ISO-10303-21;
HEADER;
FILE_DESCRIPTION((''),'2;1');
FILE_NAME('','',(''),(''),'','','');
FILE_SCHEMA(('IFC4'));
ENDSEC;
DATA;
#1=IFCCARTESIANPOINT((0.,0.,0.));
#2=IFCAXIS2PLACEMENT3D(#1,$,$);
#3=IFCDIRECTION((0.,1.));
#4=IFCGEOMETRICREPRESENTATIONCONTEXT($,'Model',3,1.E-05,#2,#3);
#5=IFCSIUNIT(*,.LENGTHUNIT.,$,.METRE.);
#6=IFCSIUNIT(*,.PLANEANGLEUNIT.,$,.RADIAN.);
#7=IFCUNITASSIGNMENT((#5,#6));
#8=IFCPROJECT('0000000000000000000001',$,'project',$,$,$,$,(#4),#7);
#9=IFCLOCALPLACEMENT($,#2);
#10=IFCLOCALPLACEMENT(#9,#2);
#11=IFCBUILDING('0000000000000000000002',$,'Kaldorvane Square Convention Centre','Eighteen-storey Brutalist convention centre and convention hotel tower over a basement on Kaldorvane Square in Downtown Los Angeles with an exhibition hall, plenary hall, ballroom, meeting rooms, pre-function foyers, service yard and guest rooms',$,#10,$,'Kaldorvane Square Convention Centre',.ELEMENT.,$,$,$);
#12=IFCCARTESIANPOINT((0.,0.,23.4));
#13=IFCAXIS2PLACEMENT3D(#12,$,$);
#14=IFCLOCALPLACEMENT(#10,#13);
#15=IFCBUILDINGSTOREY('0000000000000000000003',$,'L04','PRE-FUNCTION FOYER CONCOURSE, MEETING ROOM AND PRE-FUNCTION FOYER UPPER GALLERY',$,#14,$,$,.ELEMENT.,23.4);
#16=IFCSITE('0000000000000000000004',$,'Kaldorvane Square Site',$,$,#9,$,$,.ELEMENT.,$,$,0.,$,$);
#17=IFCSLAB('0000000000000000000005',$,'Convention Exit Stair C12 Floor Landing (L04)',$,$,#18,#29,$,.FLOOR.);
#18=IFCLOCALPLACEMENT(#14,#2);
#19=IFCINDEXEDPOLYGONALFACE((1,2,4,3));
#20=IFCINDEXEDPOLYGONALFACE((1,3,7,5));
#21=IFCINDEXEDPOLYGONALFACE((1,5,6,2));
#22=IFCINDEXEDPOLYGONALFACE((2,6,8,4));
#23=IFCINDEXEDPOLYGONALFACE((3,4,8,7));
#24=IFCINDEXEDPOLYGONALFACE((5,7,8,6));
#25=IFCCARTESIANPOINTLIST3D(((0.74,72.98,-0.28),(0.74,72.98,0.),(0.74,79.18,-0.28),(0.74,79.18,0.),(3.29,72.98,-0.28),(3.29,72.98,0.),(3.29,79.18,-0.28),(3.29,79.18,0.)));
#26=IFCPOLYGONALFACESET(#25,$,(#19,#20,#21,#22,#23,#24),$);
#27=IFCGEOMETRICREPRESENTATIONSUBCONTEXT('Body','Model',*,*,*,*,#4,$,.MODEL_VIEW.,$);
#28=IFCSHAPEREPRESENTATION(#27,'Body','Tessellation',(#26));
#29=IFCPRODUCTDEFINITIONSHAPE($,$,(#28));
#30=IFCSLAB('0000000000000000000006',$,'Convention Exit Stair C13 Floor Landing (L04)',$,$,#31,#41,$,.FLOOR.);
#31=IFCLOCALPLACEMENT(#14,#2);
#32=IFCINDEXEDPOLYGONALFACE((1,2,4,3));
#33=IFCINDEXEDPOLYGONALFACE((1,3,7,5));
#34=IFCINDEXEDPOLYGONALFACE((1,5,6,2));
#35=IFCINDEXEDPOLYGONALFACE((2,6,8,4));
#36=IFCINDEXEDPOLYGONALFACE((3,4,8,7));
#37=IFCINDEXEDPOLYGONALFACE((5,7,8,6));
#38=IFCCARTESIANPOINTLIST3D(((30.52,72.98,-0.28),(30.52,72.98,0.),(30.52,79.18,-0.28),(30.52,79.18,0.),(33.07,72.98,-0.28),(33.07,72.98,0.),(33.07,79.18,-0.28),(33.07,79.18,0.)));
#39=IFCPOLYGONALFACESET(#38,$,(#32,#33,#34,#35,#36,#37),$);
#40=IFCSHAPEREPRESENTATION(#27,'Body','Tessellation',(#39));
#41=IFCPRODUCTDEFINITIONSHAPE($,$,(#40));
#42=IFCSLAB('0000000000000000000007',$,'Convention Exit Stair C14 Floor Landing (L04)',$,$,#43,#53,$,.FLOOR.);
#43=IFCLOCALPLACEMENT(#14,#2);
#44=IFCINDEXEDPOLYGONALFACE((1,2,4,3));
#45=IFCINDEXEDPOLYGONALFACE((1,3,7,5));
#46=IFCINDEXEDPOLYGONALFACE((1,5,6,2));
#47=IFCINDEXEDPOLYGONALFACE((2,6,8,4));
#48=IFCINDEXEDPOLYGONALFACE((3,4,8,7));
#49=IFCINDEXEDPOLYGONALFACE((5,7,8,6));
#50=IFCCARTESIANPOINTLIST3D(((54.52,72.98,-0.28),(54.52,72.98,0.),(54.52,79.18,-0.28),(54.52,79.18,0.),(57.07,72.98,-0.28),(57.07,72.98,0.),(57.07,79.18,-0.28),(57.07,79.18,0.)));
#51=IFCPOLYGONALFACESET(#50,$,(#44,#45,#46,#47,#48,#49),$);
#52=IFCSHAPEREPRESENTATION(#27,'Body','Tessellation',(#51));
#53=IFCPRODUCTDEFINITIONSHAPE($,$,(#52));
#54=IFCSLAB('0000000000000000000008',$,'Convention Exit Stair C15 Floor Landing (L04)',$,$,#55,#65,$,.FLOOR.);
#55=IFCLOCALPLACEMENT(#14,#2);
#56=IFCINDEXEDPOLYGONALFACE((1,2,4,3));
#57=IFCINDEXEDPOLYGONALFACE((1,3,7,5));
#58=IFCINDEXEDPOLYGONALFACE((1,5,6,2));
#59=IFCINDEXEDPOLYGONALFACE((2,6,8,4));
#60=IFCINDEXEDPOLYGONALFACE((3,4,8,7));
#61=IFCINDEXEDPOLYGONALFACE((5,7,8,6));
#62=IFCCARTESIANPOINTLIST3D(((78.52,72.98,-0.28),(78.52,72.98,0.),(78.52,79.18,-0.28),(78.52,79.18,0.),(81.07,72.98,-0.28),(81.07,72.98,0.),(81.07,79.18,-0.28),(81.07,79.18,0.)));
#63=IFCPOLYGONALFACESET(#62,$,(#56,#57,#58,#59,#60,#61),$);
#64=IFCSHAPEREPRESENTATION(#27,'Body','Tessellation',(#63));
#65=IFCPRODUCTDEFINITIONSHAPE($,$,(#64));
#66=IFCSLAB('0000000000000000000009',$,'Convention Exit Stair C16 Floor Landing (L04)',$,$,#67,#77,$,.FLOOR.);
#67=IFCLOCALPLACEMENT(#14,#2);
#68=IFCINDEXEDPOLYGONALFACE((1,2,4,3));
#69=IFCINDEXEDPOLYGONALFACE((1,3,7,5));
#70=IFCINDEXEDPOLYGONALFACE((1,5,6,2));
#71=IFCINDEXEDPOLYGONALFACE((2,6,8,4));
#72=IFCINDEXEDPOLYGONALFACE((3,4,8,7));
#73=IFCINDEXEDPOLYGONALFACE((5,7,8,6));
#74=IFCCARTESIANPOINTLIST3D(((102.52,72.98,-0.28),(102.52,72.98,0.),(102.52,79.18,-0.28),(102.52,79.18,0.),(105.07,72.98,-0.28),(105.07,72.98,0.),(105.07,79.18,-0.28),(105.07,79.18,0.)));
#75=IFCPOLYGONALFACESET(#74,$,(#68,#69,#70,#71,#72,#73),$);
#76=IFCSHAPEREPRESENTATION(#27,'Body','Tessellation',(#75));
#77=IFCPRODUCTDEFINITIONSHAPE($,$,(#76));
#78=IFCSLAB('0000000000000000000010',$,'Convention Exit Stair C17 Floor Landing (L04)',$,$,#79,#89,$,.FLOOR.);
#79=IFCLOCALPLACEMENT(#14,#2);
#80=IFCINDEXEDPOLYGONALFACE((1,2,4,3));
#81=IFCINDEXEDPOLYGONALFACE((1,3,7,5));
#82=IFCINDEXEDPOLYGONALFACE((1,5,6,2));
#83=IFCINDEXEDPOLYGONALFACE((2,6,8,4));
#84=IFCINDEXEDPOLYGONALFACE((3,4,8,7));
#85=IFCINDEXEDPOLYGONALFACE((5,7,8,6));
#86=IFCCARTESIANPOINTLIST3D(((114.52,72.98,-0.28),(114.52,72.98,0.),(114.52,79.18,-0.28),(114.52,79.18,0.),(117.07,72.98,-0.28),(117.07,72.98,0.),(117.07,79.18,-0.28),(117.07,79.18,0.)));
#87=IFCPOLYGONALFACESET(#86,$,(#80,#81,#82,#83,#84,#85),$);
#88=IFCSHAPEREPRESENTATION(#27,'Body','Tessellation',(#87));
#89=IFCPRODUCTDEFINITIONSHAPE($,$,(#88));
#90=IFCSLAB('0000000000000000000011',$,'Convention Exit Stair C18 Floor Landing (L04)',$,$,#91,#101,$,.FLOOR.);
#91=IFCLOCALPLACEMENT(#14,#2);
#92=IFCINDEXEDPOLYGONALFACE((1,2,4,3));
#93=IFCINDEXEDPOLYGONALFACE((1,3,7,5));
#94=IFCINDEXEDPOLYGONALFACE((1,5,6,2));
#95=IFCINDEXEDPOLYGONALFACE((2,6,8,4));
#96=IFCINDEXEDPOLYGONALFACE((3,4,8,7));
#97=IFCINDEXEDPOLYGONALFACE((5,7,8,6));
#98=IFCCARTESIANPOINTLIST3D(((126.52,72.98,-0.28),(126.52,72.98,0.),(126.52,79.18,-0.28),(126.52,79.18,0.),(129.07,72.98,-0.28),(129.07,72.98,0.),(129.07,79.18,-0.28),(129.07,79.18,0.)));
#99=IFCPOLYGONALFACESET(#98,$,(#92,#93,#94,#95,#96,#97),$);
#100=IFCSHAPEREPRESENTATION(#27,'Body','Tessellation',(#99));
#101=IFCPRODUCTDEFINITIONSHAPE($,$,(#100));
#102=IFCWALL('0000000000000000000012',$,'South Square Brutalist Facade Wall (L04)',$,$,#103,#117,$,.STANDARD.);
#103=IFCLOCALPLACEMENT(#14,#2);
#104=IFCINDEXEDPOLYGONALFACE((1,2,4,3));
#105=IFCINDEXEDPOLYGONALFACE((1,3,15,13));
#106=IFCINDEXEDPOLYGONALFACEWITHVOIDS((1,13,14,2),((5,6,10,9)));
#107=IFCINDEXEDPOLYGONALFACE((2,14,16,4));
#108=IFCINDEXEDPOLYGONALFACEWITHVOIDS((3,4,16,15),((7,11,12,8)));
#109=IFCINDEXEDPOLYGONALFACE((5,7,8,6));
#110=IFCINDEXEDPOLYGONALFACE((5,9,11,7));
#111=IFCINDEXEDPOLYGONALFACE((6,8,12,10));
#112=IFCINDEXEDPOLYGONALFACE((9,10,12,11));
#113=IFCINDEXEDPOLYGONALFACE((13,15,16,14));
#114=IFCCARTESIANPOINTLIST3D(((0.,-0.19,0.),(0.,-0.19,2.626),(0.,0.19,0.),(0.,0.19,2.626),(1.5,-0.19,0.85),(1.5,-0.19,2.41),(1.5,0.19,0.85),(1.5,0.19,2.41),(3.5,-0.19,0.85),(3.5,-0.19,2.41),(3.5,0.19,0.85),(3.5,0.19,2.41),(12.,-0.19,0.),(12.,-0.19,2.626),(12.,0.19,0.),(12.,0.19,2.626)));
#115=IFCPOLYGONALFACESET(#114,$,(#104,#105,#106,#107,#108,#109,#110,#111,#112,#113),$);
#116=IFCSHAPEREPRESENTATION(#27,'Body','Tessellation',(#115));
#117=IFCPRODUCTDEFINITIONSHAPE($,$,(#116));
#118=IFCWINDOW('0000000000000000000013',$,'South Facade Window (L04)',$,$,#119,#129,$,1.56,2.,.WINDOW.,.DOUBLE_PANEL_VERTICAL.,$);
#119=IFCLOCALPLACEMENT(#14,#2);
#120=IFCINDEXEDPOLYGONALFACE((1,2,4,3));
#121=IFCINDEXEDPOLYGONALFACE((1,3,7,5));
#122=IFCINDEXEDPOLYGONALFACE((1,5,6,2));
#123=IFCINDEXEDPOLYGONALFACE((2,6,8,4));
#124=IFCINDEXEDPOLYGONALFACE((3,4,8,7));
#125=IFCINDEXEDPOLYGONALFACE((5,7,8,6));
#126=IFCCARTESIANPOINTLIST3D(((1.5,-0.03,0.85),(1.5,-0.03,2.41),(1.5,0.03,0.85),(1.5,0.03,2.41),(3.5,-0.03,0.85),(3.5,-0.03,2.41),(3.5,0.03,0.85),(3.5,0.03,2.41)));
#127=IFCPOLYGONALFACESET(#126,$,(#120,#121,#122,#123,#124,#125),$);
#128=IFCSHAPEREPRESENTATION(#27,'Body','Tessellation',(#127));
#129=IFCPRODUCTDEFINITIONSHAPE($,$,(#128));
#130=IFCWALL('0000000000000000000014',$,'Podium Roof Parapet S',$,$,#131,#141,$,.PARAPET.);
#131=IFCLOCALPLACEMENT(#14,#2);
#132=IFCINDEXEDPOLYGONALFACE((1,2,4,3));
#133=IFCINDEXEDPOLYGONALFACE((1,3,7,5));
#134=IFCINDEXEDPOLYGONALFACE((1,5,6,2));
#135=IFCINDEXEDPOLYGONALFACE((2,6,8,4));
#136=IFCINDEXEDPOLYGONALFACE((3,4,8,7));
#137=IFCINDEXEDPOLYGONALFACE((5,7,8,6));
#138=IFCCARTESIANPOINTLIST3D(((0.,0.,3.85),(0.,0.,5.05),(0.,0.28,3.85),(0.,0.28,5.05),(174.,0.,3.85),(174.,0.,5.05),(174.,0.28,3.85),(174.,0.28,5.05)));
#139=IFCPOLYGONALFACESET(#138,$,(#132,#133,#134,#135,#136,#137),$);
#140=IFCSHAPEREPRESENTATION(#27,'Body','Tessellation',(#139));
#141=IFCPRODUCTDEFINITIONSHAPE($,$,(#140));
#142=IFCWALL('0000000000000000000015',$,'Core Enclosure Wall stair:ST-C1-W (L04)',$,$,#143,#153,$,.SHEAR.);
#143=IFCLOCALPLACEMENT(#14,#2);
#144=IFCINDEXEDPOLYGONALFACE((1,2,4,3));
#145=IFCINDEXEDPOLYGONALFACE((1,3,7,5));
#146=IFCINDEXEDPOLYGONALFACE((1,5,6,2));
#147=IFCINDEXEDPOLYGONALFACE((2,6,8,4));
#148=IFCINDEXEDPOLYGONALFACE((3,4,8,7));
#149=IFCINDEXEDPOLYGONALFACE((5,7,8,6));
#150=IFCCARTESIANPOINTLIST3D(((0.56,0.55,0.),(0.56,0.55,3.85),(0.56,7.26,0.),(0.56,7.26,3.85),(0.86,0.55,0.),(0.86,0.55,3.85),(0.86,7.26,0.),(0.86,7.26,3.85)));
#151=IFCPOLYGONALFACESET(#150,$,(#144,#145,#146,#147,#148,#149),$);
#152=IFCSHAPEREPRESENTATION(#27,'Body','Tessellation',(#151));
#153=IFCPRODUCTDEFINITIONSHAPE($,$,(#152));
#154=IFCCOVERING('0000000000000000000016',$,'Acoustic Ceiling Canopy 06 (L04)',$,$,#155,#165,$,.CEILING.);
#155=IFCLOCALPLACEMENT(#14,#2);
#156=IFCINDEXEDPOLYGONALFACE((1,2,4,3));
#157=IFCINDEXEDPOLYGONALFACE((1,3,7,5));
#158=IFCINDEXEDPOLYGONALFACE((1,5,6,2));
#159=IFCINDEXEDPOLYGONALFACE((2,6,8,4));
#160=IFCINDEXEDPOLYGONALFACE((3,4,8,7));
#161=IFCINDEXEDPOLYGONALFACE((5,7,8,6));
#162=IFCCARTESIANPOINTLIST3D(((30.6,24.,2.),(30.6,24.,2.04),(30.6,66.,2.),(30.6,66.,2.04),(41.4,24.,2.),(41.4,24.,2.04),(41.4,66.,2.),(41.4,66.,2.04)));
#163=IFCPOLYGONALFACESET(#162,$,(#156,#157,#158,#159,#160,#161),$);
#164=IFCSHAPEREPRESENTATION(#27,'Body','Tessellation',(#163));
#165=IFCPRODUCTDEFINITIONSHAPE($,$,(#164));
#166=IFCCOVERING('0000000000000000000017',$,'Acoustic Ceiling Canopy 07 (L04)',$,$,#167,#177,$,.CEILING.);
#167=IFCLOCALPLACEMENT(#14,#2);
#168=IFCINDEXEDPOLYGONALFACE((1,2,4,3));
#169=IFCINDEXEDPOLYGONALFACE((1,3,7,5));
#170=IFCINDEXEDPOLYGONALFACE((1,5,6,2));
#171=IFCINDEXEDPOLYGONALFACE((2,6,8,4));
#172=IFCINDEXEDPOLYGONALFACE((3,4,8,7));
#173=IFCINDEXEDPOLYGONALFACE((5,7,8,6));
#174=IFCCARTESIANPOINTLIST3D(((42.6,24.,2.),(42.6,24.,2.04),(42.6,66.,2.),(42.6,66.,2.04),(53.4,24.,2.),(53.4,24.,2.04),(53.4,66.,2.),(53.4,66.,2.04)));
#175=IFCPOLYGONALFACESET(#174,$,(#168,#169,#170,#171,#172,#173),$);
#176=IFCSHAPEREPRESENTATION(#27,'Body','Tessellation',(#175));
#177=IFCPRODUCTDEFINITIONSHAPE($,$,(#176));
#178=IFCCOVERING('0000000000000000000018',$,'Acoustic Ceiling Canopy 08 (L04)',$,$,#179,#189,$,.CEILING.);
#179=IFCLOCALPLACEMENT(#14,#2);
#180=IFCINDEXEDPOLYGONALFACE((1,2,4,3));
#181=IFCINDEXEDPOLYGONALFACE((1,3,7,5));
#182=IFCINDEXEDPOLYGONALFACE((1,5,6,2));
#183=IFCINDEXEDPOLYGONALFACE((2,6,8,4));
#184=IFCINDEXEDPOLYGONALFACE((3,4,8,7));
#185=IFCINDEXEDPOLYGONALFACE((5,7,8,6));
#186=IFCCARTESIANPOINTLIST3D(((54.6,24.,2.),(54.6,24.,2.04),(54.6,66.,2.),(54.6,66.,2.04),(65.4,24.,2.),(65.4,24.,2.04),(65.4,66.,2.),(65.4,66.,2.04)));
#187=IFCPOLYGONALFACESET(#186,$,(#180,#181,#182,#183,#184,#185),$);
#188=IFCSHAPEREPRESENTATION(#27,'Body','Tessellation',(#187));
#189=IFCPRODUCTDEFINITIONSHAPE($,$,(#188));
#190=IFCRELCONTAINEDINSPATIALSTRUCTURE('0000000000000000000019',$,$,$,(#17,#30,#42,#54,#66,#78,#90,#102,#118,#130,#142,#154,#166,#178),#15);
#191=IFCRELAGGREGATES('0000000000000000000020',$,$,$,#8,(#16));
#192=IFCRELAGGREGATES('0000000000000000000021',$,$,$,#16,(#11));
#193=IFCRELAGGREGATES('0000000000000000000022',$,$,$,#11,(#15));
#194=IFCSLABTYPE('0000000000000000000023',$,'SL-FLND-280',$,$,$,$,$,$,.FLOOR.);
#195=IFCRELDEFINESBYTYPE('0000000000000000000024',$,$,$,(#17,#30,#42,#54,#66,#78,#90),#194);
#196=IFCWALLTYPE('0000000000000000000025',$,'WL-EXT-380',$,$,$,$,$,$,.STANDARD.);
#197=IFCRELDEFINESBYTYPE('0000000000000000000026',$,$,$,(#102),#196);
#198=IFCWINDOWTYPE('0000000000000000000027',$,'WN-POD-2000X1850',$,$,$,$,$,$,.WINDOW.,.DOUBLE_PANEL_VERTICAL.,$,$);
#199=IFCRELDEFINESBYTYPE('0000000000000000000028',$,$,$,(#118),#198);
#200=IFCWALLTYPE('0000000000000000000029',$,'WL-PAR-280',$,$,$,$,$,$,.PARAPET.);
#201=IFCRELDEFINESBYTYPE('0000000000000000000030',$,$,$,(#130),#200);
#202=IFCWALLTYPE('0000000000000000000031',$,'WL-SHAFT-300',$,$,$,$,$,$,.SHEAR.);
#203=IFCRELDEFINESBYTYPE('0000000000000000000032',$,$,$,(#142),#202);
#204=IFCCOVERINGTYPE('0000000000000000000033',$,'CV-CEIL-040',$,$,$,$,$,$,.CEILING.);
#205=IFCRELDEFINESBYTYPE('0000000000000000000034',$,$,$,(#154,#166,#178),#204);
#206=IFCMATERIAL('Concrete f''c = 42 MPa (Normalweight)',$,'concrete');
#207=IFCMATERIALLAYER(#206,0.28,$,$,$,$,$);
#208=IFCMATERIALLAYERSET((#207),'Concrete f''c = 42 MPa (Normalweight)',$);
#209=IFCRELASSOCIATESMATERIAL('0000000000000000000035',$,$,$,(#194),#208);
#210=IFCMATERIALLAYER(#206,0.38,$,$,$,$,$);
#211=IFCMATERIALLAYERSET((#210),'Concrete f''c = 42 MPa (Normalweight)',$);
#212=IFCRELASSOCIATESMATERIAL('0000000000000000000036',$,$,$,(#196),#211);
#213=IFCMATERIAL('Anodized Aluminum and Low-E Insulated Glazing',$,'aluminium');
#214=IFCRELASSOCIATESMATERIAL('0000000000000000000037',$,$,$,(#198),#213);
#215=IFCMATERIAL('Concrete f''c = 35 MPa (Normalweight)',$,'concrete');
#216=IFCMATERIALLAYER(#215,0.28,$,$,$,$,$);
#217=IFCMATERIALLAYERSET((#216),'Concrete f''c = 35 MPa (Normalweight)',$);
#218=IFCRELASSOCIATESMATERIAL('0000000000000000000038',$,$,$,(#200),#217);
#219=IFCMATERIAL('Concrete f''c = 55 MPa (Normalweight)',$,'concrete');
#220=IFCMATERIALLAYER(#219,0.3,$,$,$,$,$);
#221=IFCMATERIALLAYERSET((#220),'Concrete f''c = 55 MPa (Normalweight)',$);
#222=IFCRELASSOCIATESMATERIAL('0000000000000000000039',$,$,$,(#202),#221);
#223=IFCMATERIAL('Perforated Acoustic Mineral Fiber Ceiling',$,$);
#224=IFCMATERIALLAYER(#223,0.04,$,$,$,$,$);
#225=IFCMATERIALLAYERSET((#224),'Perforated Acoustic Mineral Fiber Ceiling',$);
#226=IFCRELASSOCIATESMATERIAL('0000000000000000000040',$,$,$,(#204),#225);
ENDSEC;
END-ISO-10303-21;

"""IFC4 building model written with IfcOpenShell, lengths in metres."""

from ifc_helpers import new_model, si_unit, direction, frame, frame_2d, origin, origin_with_axes, place, context, subcontext, project, spatial, polyline, rectangle, outline, extrude, material, layer, layer_set, type_object, element, fill, save


model = new_model("IFC4")

# Units and contexts
model_context = context("Model", 3, precision=1e-05, world=origin(), true_north=direction((0.0, 1.0)))
body_context = subcontext(model_context, "Body", "Model", "MODEL_VIEW")
ifc_project = project(units=[si_unit("LENGTHUNIT", "METRE"), si_unit("PLANEANGLEUNIT", "RADIAN")], contexts=[model_context])

# Site, building, storey
site_placement = place(None, origin())
site = spatial("IfcSite", under=ifc_project, at=site_placement, Name="Kaldorvane Square Site", CompositionType="ELEMENT", RefElevation=0.0)
building_placement = place(site_placement, origin())
building = spatial("IfcBuilding", under=site, at=building_placement, Name="Kaldorvane Square Convention Centre", Description="Eighteen-storey Brutalist convention centre and convention hotel tower over a basement on Kaldorvane Square in Downtown Los Angeles with an exhibition hall, plenary hall, ballroom, meeting rooms, pre-function foyers, service yard and guest rooms", LongName="Kaldorvane Square Convention Centre", CompositionType="ELEMENT")
storey_placement = place(building_placement, frame((0.0, 0.0, 23.4)))
storey = spatial("IfcBuildingStorey", under=building, at=storey_placement, Name="L04", Description="PRE-FUNCTION FOYER CONCOURSE, MEETING ROOM AND PRE-FUNCTION FOYER UPPER GALLERY", CompositionType="ELEMENT", Elevation=23.4)

# Shared definitions
ifc_material_1 = material(Name="Concrete f'c = 55 MPa (Normalweight)", Category="concrete")

# Slabs
ifc_material_2 = material(Name="Concrete f'c = 42 MPa (Normalweight)", Category="concrete")
ifc_layer_1 = layer(ifc_material_2, 0.28)
ifc_layer_set_1 = layer_set([ifc_layer_1], Name="Concrete f'c = 42 MPa (Normalweight)")
slab_type = type_object("IfcSlabType", Name="SL-FLND-280", PredefinedType="FLOOR", material=ifc_layer_set_1)
slab_1_placement = place(storey_placement, frame((0.0, 0.0, -0.28)))
element("IfcSlab", 1, at=slab_1_placement, inside=storey, type_object=slab_type, Name="Convention Exit Stair C12 Floor Landing (L04)", PredefinedType="FLOOR", context=body_context, shape_type="SweptSolid", body=[
    extrude(outline(polyline([(0.74, 72.98), (3.29, 72.98), (3.29, 79.18), (0.74, 79.18), (0.74, 72.98)])), origin(), (0.0, 0.0, 1.0), 0.28),
])
slab_2_placement = place(storey_placement, frame((0.0, 0.0, -0.28)))
element("IfcSlab", 2, at=slab_2_placement, inside=storey, type_object=slab_type, Name="Convention Exit Stair C13 Floor Landing (L04)", PredefinedType="FLOOR", context=body_context, shape_type="SweptSolid", body=[
    extrude(outline(polyline([(30.52, 72.98), (33.07, 72.98), (33.07, 79.18), (30.52, 79.18), (30.52, 72.98)])), origin(), (0.0, 0.0, 1.0), 0.28),
])
slab_3_placement = place(storey_placement, frame((0.0, 0.0, -0.28)))
element("IfcSlab", 3, at=slab_3_placement, inside=storey, type_object=slab_type, Name="Convention Exit Stair C14 Floor Landing (L04)", PredefinedType="FLOOR", context=body_context, shape_type="SweptSolid", body=[
    extrude(outline(polyline([(54.52, 72.98), (57.07, 72.98), (57.07, 79.18), (54.52, 79.18), (54.52, 72.98)])), origin(), (0.0, 0.0, 1.0), 0.28),
])
slab_4_placement = place(storey_placement, frame((0.0, 0.0, -0.28)))
element("IfcSlab", 4, at=slab_4_placement, inside=storey, type_object=slab_type, Name="Convention Exit Stair C15 Floor Landing (L04)", PredefinedType="FLOOR", context=body_context, shape_type="SweptSolid", body=[
    extrude(outline(polyline([(78.52, 72.98), (81.07, 72.98), (81.07, 79.18), (78.52, 79.18), (78.52, 72.98)])), origin(), (0.0, 0.0, 1.0), 0.28),
])
slab_5_placement = place(storey_placement, frame((0.0, 0.0, -0.28)))
element("IfcSlab", 5, at=slab_5_placement, inside=storey, type_object=slab_type, Name="Convention Exit Stair C16 Floor Landing (L04)", PredefinedType="FLOOR", context=body_context, shape_type="SweptSolid", body=[
    extrude(outline(polyline([(102.52, 72.98), (105.07, 72.98), (105.07, 79.18), (102.52, 79.18), (102.52, 72.98)])), origin(), (0.0, 0.0, 1.0), 0.28),
])
slab_6_placement = place(storey_placement, frame((0.0, 0.0, -0.28)))
element("IfcSlab", 6, at=slab_6_placement, inside=storey, type_object=slab_type, Name="Convention Exit Stair C17 Floor Landing (L04)", PredefinedType="FLOOR", context=body_context, shape_type="SweptSolid", body=[
    extrude(outline(polyline([(114.52, 72.98), (117.07, 72.98), (117.07, 79.18), (114.52, 79.18), (114.52, 72.98)])), origin(), (0.0, 0.0, 1.0), 0.28),
])
slab_7_placement = place(storey_placement, frame((0.0, 0.0, -0.28)))
element("IfcSlab", 7, at=slab_7_placement, inside=storey, type_object=slab_type, Name="Convention Exit Stair C18 Floor Landing (L04)", PredefinedType="FLOOR", context=body_context, shape_type="SweptSolid", body=[
    extrude(outline(polyline([(126.52, 72.98), (129.07, 72.98), (129.07, 79.18), (126.52, 79.18), (126.52, 72.98)])), origin(), (0.0, 0.0, 1.0), 0.28),
])

# Wall, opening, window
ifc_layer_2 = layer(ifc_material_2, 0.38)
ifc_layer_set_2 = layer_set([ifc_layer_2], Name="Concrete f'c = 42 MPa (Normalweight)")
wall_type_1 = type_object("IfcWallType", Name="WL-EXT-380", PredefinedType="STANDARD", material=ifc_layer_set_2)
wall_1_placement = place(storey_placement, origin_with_axes())
wall_1 = element("IfcWall", 8, at=wall_1_placement, inside=storey, type_object=wall_type_1, Name="South Square Brutalist Facade Wall (L04)", PredefinedType="STANDARD", context=body_context, shape_type="SweptSolid", body=[
    extrude(rectangle(XDim=12.0, YDim=0.38, at=frame_2d((6.0, 0.0))), origin(), (0.0, 0.0, 1.0), 2.626),
])
opening_placement = place(wall_1_placement, frame((1.5, 0.0, 0.85)))
opening = element("IfcOpeningElement", 9, at=opening_placement, cuts=wall_1, PredefinedType="OPENING", context=body_context, shape_type="SweptSolid", body=[
    extrude(rectangle(XDim=2.0, YDim=1.56, at=frame_2d((1.0, 0.78))), frame((0.0, 0.205, 0.0), z_axis=(0.0, -1.0, 0.0), x_axis=(1.0, 0.0, 0.0)), (0.0, 0.0, 1.0), 0.41),
])
ifc_material_3 = material(Name="Anodized Aluminum and Low-E Insulated Glazing", Category="aluminium")
window_type = type_object("IfcWindowType", Name="WN-POD-2000X1850", PartitioningType="DOUBLE_PANEL_VERTICAL", PredefinedType="WINDOW", material=ifc_material_3)
window_placement = place(opening_placement, origin())
window = element("IfcWindow", 10, at=window_placement, inside=storey, type_object=window_type, Name="South Facade Window (L04)", OverallHeight=1.56, OverallWidth=2.0, PartitioningType="DOUBLE_PANEL_VERTICAL", PredefinedType="WINDOW", context=body_context, shape_type="SweptSolid", body=[
    extrude(rectangle(XDim=2.0, YDim=1.56, at=frame_2d((1.0, 0.78))), frame((0.0, 0.03, 0.0), z_axis=(0.0, -1.0, 0.0), x_axis=(1.0, 0.0, 0.0)), (0.0, 0.0, 1.0), 0.06),
])
fill(opening, window)

# Walls
ifc_material_4 = material(Name="Concrete f'c = 35 MPa (Normalweight)", Category="concrete")
ifc_layer_3 = layer(ifc_material_4, 0.28)
ifc_layer_set_3 = layer_set([ifc_layer_3], Name="Concrete f'c = 35 MPa (Normalweight)")
wall_type_2 = type_object("IfcWallType", Name="WL-PAR-280", PredefinedType="PARAPET", material=ifc_layer_set_3)
wall_2_placement = place(storey_placement, frame((0.0, 0.14, 3.85), z_axis=(0.0, 0.0, 1.0), x_axis=(1.0, 0.0, 0.0)))
element("IfcWall", 11, at=wall_2_placement, inside=storey, type_object=wall_type_2, Name="Podium Roof Parapet S", PredefinedType="PARAPET", context=body_context, shape_type="SweptSolid", body=[
    extrude(rectangle(XDim=174.0, YDim=0.28, at=frame_2d((87.0, 0.0))), origin(), (0.0, 0.0, 1.0), 1.2),
])
ifc_layer_4 = layer(ifc_material_1, 0.3)
ifc_layer_set_4 = layer_set([ifc_layer_4], Name="Concrete f'c = 55 MPa (Normalweight)")
wall_type_3 = type_object("IfcWallType", Name="WL-SHAFT-300", PredefinedType="SHEAR", material=ifc_layer_set_4)
wall_3_placement = place(storey_placement, frame((0.71, 7.26, 0.0), z_axis=(0.0, 0.0, 1.0), x_axis=(0.0, -1.0, 0.0)))
element("IfcWall", 12, at=wall_3_placement, inside=storey, type_object=wall_type_3, Name="Core Enclosure Wall stair:ST-C1-W (L04)", PredefinedType="SHEAR", context=body_context, shape_type="SweptSolid", body=[
    extrude(rectangle(XDim=6.71, YDim=0.3, at=frame_2d((3.355, 0.0))), origin(), (0.0, 0.0, 1.0), 3.85),
])

# Coverings
ifc_material_5 = material(Name="Perforated Acoustic Mineral Fiber Ceiling")
ifc_layer_5 = layer(ifc_material_5, 0.04)
ifc_layer_set_5 = layer_set([ifc_layer_5], Name="Perforated Acoustic Mineral Fiber Ceiling")
covering_type_1 = type_object("IfcCoveringType", Name="CV-CEIL-040", PredefinedType="CEILING", material=ifc_layer_set_5)
covering_1_placement = place(storey_placement, frame((0.0, 0.0, 2.0)))
element("IfcCovering", 13, at=covering_1_placement, inside=storey, type_object=covering_type_1, Name="Acoustic Ceiling Canopy 06 (L04)", PredefinedType="CEILING", context=body_context, shape_type="SweptSolid", body=[
    extrude(outline(polyline([(30.6, 24.0), (41.4, 24.0), (41.4, 66.0), (30.6, 66.0), (30.6, 24.0)])), origin(), (0.0, 0.0, 1.0), 0.04),
])
covering_2_placement = place(storey_placement, frame((0.0, 0.0, 2.0)))
element("IfcCovering", 14, at=covering_2_placement, inside=storey, type_object=covering_type_1, Name="Acoustic Ceiling Canopy 07 (L04)", PredefinedType="CEILING", context=body_context, shape_type="SweptSolid", body=[
    extrude(outline(polyline([(42.6, 24.0), (53.4, 24.0), (53.4, 66.0), (42.6, 66.0), (42.6, 24.0)])), origin(), (0.0, 0.0, 1.0), 0.04),
])
covering_3_placement = place(storey_placement, frame((0.0, 0.0, 2.0)))
element("IfcCovering", 15, at=covering_3_placement, inside=storey, type_object=covering_type_1, Name="Acoustic Ceiling Canopy 08 (L04)", PredefinedType="CEILING", context=body_context, shape_type="SweptSolid", body=[
    extrude(outline(polyline([(54.6, 24.0), (65.4, 24.0), (65.4, 66.0), (54.6, 66.0), (54.6, 24.0)])), origin(), (0.0, 0.0, 1.0), 0.04),
])

save(model, "model.ifc")
